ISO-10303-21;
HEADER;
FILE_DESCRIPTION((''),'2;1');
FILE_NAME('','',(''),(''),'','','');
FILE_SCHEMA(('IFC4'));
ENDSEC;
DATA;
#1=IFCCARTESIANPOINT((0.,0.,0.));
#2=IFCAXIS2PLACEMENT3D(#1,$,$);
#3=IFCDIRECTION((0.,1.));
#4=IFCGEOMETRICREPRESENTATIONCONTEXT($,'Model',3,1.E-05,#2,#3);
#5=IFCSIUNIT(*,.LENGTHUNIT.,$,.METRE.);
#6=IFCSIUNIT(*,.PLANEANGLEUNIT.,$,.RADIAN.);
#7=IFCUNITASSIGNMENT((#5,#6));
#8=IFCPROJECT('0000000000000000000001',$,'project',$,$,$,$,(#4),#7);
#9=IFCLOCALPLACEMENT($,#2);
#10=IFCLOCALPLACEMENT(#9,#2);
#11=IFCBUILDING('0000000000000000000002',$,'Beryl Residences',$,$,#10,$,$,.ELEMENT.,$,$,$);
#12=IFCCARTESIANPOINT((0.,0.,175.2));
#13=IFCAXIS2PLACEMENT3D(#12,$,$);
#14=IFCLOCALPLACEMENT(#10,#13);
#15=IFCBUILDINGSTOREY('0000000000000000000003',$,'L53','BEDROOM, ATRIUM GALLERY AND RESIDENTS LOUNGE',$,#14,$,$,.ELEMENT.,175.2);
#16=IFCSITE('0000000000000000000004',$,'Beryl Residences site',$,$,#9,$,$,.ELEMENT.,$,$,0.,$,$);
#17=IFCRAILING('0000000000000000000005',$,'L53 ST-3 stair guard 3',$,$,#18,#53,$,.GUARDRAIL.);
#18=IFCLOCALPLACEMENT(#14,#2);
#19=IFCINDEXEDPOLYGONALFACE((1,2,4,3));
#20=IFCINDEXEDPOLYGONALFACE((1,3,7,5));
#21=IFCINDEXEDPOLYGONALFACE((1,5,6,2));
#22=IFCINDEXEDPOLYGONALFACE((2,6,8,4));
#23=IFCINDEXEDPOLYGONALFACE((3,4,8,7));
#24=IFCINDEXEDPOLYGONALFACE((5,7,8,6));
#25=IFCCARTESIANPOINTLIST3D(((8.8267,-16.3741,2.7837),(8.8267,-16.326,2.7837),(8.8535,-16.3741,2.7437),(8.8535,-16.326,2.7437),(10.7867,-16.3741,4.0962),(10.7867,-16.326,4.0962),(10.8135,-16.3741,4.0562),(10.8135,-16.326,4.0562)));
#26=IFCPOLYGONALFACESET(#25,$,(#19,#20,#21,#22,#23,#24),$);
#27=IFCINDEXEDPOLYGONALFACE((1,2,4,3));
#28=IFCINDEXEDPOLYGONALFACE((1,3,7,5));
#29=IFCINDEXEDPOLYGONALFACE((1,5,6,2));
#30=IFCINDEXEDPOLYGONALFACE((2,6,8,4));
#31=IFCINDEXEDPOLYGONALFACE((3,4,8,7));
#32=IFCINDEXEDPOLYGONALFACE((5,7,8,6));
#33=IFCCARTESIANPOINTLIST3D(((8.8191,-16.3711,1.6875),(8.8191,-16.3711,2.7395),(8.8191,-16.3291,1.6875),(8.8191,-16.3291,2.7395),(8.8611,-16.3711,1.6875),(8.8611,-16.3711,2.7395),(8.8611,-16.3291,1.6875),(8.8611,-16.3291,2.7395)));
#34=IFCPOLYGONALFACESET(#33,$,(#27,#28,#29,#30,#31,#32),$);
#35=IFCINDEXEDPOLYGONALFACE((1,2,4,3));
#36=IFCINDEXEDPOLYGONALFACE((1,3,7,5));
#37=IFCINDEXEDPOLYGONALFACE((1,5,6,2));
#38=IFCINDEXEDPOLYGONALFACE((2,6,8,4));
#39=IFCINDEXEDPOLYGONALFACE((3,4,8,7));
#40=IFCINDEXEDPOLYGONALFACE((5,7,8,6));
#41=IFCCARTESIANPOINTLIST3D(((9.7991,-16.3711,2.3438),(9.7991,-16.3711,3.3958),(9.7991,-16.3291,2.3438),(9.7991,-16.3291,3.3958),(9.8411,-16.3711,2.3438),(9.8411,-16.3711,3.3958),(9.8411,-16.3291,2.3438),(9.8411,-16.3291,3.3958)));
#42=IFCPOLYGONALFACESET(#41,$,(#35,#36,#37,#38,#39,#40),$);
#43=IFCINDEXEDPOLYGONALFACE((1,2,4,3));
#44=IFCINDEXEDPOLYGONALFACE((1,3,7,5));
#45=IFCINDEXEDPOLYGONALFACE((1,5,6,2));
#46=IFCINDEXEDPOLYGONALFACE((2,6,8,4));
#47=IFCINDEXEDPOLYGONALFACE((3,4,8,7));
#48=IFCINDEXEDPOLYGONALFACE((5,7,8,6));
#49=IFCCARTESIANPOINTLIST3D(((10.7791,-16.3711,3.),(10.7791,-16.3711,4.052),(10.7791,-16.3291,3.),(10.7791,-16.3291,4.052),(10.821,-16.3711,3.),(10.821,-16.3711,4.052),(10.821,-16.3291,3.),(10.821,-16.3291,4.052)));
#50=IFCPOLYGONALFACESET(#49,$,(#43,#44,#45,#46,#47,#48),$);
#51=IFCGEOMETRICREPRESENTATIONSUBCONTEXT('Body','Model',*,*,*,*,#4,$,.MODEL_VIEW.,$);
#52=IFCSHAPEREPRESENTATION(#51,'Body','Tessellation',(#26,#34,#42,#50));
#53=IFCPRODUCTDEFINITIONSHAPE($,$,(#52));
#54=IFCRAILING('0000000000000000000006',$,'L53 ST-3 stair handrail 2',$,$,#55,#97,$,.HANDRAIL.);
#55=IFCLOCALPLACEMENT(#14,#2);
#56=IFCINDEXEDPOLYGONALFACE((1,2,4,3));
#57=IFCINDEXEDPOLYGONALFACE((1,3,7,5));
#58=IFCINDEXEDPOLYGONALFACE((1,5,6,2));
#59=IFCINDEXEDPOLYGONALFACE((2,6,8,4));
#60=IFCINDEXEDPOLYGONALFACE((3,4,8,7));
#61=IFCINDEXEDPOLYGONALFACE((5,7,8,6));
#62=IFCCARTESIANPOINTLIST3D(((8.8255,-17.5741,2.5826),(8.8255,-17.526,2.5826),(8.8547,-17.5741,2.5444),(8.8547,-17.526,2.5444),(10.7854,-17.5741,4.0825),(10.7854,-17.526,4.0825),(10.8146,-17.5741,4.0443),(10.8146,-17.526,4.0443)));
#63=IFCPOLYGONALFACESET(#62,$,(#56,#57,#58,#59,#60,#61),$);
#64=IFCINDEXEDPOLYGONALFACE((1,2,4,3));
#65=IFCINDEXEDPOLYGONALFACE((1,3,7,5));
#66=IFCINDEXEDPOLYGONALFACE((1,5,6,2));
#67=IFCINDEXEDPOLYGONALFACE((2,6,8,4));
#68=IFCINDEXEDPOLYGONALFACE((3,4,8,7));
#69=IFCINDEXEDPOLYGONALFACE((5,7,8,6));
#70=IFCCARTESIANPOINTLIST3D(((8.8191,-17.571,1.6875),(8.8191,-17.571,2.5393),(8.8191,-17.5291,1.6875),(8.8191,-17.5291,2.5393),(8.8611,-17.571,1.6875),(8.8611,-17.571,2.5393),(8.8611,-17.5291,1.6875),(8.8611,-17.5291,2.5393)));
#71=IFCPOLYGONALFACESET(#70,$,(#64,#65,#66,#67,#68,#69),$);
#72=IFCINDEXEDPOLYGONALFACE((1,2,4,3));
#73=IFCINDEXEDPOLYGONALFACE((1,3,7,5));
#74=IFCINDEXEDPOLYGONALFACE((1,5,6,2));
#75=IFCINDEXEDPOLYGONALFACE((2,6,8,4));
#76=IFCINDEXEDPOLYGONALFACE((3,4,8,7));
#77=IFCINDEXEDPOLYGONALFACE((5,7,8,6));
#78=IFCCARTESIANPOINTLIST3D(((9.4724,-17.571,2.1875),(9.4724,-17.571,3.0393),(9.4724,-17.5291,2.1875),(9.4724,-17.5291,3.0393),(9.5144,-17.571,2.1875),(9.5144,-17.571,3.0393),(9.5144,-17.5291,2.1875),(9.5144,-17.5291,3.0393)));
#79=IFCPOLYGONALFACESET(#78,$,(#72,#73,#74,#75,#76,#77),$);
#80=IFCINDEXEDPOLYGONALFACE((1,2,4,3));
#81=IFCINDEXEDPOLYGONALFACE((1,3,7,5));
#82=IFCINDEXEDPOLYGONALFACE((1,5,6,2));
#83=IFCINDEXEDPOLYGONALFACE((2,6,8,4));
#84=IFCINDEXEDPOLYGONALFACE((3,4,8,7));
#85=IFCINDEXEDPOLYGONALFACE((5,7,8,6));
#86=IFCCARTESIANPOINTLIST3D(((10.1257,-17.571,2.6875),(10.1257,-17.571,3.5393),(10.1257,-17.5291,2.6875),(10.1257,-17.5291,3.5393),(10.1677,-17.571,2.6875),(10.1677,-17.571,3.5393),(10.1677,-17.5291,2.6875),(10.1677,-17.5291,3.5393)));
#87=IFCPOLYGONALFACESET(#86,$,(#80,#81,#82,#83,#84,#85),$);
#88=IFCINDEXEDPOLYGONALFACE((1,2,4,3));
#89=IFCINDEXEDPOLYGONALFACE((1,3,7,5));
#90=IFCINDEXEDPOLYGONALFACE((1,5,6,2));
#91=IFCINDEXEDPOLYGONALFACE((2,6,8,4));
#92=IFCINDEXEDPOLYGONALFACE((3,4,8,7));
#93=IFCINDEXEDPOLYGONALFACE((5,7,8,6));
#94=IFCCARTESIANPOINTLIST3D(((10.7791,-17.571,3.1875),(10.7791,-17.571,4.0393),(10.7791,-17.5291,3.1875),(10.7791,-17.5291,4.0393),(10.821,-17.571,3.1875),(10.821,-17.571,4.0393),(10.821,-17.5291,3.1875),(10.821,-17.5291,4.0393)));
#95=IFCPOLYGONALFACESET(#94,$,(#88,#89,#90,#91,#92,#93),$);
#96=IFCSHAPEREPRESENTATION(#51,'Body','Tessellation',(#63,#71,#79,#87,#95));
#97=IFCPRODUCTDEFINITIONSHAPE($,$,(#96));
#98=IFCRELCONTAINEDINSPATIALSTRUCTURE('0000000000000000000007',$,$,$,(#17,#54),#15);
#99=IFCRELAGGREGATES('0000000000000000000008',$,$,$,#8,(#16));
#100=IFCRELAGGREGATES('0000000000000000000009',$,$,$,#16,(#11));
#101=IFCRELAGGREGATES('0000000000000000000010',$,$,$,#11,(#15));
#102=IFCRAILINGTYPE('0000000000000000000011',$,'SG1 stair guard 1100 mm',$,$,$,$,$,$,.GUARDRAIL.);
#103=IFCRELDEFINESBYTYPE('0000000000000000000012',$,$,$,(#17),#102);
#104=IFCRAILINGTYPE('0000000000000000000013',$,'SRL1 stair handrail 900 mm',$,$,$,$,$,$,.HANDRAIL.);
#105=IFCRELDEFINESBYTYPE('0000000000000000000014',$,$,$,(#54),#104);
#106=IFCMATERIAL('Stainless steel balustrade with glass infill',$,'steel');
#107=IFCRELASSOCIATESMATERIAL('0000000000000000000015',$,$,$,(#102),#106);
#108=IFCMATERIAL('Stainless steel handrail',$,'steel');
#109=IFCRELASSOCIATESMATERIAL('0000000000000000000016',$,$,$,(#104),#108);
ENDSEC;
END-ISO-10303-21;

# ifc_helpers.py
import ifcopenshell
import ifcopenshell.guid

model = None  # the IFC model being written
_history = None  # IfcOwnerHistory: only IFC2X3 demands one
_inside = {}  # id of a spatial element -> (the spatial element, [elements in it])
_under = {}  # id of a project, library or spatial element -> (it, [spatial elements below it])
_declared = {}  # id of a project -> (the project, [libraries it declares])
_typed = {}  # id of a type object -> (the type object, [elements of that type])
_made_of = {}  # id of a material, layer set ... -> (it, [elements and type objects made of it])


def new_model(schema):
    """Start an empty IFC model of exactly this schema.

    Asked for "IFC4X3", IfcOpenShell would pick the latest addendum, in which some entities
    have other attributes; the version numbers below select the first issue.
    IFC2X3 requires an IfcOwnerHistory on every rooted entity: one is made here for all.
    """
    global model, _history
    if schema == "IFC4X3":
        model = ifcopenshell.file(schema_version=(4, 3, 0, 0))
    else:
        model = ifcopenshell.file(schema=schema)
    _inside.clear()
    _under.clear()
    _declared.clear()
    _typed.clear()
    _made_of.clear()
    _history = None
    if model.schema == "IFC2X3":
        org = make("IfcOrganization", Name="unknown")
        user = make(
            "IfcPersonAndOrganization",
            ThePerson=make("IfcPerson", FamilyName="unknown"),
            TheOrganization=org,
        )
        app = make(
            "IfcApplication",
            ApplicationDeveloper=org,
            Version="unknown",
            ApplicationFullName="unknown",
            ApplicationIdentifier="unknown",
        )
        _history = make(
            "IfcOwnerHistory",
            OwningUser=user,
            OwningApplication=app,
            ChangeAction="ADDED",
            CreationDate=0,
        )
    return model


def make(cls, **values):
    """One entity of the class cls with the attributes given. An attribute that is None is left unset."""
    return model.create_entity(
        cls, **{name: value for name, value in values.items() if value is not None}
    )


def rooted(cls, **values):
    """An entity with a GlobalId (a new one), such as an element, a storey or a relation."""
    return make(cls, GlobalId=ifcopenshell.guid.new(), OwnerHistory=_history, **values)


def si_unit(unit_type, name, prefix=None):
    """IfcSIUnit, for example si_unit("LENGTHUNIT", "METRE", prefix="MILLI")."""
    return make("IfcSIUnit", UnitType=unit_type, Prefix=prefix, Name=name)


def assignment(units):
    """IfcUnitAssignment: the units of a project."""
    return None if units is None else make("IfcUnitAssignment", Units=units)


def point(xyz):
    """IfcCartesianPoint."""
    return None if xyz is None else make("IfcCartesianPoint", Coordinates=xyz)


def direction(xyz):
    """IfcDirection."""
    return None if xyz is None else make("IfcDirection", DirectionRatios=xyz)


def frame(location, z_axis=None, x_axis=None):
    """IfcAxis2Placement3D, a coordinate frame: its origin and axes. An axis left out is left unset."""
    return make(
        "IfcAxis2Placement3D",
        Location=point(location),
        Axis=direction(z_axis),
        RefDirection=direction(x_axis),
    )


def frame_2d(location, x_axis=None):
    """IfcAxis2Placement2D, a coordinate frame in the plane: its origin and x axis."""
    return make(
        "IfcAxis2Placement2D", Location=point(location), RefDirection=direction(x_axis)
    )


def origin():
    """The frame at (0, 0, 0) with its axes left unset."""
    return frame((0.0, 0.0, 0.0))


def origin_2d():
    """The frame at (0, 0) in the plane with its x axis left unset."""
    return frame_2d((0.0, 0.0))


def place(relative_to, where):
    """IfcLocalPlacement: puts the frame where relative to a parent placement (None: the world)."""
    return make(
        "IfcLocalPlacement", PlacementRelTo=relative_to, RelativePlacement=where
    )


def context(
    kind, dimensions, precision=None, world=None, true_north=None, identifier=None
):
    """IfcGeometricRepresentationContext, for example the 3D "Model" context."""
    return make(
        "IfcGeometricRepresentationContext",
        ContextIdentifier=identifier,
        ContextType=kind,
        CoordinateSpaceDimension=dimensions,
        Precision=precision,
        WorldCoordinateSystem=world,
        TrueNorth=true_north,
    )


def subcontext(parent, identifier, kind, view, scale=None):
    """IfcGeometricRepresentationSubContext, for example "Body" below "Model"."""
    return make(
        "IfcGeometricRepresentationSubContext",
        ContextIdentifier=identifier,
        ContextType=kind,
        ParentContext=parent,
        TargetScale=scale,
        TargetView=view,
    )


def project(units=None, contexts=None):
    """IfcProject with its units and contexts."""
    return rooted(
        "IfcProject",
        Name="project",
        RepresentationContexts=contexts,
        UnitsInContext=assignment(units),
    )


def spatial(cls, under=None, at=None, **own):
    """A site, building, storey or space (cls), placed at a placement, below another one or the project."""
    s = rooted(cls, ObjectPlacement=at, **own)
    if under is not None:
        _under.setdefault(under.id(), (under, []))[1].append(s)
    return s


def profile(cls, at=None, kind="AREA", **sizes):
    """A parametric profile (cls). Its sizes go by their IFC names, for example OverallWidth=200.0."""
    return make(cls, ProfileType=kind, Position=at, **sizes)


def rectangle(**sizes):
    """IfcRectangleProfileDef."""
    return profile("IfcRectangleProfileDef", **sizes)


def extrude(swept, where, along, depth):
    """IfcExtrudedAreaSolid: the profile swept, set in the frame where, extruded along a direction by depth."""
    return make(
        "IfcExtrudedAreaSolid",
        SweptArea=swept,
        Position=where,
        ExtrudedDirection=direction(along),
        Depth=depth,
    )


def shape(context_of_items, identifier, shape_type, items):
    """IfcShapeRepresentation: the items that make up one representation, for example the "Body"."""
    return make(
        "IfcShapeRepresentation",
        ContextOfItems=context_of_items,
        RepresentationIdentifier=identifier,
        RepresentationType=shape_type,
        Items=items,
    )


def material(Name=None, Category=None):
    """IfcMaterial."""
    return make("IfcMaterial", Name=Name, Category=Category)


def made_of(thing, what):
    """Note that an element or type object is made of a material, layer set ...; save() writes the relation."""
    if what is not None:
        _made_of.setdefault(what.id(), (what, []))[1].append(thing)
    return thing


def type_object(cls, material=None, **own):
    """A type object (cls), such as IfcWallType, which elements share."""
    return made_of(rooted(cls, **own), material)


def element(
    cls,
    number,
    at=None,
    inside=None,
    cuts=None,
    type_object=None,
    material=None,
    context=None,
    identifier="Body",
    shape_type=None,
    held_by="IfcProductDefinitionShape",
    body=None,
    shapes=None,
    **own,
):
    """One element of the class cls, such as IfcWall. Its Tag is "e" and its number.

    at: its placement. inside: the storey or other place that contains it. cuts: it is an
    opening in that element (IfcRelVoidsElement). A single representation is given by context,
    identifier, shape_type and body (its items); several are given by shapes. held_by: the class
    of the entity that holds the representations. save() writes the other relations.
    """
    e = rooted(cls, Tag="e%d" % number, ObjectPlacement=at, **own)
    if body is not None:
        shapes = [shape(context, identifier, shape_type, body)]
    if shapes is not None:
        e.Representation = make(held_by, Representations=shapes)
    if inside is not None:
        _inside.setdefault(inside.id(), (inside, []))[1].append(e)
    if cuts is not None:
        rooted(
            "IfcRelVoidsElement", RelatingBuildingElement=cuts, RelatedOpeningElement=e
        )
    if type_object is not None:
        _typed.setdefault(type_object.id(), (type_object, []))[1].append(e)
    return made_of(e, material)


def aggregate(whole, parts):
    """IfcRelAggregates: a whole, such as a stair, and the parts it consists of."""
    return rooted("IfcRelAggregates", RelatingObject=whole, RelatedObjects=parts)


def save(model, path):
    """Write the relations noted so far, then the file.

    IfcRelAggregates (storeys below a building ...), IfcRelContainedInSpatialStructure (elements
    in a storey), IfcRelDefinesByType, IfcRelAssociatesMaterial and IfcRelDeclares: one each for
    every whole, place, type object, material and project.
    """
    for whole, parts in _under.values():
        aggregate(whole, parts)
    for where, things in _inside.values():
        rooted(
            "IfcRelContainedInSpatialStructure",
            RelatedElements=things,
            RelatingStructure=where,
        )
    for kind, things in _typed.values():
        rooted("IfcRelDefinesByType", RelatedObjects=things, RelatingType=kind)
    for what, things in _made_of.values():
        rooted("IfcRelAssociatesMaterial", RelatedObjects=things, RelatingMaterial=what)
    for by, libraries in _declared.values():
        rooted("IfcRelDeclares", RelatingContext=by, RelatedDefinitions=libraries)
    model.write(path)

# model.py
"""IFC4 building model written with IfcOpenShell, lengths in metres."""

from ifc_helpers import new_model, si_unit, direction, frame, origin, origin_2d, place, context, subcontext, project, spatial, rectangle, extrude, material, type_object, element, save


model = new_model("IFC4")

# Units and contexts
model_context = context("Model", 3, precision=1e-05, world=origin(), true_north=direction((0.0, 1.0)))
body_context = subcontext(model_context, "Body", "Model", "MODEL_VIEW")
ifc_project = project(units=[si_unit("LENGTHUNIT", "METRE"), si_unit("PLANEANGLEUNIT", "RADIAN")], contexts=[model_context])

# Site, building, storey
site_placement = place(None, origin())
site = spatial("IfcSite", under=ifc_project, at=site_placement, Name="Beryl Residences site", CompositionType="ELEMENT", RefElevation=0.0)
building_placement = place(site_placement, origin())
building = spatial("IfcBuilding", under=site, at=building_placement, Name="Beryl Residences", CompositionType="ELEMENT")
storey_placement = place(building_placement, frame((0.0, 0.0, 175.2)))
storey = spatial("IfcBuildingStorey", under=building, at=storey_placement, Name="L53", Description="BEDROOM, ATRIUM GALLERY AND RESIDENTS LOUNGE", CompositionType="ELEMENT", Elevation=175.2)

# Railings
ifc_material_1 = material(Name="Stainless steel balustrade with glass infill", Category="steel")
railing_type_1 = type_object("IfcRailingType", Name="SG1 stair guard 1100 mm", PredefinedType="GUARDRAIL", material=ifc_material_1)
railing_1_placement = place(storey_placement, frame((8.8401, -16.3501, 1.6875)))
element("IfcRailing", 1, at=railing_1_placement, inside=storey, type_object=railing_type_1, Name="L53 ST-3 stair guard 3", PredefinedType="GUARDRAIL", context=body_context, shape_type="SweptSolid", body=[
    extrude(rectangle(XDim=0.0481, YDim=0.0481, at=origin_2d()), frame((0.0, 0.0, 1.0762), z_axis=(0.830902, 0.0, 0.556419), x_axis=(0.0, 1.0, 0.0)), (0.0, 0.0, 1.0), 2.3589),
    extrude(rectangle(XDim=0.042, YDim=0.042, at=origin_2d()), origin(), (0.0, 0.0, 1.0), 1.052),
    extrude(rectangle(XDim=0.042, YDim=0.042, at=origin_2d()), frame((0.98, 0.0, 0.6562)), (0.0, 0.0, 1.0), 1.052),
    extrude(rectangle(XDim=0.042, YDim=0.042, at=origin_2d()), frame((1.96, 0.0, 1.3125)), (0.0, 0.0, 1.0), 1.052),
])
ifc_material_2 = material(Name="Stainless steel handrail", Category="steel")
railing_type_2 = type_object("IfcRailingType", Name="SRL1 stair handrail 900 mm", PredefinedType="HANDRAIL", material=ifc_material_2)
railing_2_placement = place(storey_placement, frame((8.8401, -17.55, 1.6875)))
element("IfcRailing", 2, at=railing_2_placement, inside=storey, type_object=railing_type_2, Name="L53 ST-3 stair handrail 2", PredefinedType="HANDRAIL", context=body_context, shape_type="SweptSolid", body=[
    extrude(rectangle(XDim=0.0481, YDim=0.0481, at=origin_2d()), frame((0.0, 0.0, 0.876), z_axis=(0.794122, 0.0, 0.607758), x_axis=(0.0, 1.0, 0.0)), (0.0, 0.0, 1.0), 2.468),
    extrude(rectangle(XDim=0.042, YDim=0.042, at=origin_2d()), origin(), (0.0, 0.0, 1.0), 0.8518),
    extrude(rectangle(XDim=0.042, YDim=0.042, at=origin_2d()), frame((0.6533, 0.0, 0.5)), (0.0, 0.0, 1.0), 0.8518),
    extrude(rectangle(XDim=0.042, YDim=0.042, at=origin_2d()), frame((1.3066, 0.0, 1.0)), (0.0, 0.0, 1.0), 0.8518),
    extrude(rectangle(XDim=0.042, YDim=0.042, at=origin_2d()), frame((1.96, 0.0, 1.5)), (0.0, 0.0, 1.0), 0.8518),
])

save(model, "model.ifc")
